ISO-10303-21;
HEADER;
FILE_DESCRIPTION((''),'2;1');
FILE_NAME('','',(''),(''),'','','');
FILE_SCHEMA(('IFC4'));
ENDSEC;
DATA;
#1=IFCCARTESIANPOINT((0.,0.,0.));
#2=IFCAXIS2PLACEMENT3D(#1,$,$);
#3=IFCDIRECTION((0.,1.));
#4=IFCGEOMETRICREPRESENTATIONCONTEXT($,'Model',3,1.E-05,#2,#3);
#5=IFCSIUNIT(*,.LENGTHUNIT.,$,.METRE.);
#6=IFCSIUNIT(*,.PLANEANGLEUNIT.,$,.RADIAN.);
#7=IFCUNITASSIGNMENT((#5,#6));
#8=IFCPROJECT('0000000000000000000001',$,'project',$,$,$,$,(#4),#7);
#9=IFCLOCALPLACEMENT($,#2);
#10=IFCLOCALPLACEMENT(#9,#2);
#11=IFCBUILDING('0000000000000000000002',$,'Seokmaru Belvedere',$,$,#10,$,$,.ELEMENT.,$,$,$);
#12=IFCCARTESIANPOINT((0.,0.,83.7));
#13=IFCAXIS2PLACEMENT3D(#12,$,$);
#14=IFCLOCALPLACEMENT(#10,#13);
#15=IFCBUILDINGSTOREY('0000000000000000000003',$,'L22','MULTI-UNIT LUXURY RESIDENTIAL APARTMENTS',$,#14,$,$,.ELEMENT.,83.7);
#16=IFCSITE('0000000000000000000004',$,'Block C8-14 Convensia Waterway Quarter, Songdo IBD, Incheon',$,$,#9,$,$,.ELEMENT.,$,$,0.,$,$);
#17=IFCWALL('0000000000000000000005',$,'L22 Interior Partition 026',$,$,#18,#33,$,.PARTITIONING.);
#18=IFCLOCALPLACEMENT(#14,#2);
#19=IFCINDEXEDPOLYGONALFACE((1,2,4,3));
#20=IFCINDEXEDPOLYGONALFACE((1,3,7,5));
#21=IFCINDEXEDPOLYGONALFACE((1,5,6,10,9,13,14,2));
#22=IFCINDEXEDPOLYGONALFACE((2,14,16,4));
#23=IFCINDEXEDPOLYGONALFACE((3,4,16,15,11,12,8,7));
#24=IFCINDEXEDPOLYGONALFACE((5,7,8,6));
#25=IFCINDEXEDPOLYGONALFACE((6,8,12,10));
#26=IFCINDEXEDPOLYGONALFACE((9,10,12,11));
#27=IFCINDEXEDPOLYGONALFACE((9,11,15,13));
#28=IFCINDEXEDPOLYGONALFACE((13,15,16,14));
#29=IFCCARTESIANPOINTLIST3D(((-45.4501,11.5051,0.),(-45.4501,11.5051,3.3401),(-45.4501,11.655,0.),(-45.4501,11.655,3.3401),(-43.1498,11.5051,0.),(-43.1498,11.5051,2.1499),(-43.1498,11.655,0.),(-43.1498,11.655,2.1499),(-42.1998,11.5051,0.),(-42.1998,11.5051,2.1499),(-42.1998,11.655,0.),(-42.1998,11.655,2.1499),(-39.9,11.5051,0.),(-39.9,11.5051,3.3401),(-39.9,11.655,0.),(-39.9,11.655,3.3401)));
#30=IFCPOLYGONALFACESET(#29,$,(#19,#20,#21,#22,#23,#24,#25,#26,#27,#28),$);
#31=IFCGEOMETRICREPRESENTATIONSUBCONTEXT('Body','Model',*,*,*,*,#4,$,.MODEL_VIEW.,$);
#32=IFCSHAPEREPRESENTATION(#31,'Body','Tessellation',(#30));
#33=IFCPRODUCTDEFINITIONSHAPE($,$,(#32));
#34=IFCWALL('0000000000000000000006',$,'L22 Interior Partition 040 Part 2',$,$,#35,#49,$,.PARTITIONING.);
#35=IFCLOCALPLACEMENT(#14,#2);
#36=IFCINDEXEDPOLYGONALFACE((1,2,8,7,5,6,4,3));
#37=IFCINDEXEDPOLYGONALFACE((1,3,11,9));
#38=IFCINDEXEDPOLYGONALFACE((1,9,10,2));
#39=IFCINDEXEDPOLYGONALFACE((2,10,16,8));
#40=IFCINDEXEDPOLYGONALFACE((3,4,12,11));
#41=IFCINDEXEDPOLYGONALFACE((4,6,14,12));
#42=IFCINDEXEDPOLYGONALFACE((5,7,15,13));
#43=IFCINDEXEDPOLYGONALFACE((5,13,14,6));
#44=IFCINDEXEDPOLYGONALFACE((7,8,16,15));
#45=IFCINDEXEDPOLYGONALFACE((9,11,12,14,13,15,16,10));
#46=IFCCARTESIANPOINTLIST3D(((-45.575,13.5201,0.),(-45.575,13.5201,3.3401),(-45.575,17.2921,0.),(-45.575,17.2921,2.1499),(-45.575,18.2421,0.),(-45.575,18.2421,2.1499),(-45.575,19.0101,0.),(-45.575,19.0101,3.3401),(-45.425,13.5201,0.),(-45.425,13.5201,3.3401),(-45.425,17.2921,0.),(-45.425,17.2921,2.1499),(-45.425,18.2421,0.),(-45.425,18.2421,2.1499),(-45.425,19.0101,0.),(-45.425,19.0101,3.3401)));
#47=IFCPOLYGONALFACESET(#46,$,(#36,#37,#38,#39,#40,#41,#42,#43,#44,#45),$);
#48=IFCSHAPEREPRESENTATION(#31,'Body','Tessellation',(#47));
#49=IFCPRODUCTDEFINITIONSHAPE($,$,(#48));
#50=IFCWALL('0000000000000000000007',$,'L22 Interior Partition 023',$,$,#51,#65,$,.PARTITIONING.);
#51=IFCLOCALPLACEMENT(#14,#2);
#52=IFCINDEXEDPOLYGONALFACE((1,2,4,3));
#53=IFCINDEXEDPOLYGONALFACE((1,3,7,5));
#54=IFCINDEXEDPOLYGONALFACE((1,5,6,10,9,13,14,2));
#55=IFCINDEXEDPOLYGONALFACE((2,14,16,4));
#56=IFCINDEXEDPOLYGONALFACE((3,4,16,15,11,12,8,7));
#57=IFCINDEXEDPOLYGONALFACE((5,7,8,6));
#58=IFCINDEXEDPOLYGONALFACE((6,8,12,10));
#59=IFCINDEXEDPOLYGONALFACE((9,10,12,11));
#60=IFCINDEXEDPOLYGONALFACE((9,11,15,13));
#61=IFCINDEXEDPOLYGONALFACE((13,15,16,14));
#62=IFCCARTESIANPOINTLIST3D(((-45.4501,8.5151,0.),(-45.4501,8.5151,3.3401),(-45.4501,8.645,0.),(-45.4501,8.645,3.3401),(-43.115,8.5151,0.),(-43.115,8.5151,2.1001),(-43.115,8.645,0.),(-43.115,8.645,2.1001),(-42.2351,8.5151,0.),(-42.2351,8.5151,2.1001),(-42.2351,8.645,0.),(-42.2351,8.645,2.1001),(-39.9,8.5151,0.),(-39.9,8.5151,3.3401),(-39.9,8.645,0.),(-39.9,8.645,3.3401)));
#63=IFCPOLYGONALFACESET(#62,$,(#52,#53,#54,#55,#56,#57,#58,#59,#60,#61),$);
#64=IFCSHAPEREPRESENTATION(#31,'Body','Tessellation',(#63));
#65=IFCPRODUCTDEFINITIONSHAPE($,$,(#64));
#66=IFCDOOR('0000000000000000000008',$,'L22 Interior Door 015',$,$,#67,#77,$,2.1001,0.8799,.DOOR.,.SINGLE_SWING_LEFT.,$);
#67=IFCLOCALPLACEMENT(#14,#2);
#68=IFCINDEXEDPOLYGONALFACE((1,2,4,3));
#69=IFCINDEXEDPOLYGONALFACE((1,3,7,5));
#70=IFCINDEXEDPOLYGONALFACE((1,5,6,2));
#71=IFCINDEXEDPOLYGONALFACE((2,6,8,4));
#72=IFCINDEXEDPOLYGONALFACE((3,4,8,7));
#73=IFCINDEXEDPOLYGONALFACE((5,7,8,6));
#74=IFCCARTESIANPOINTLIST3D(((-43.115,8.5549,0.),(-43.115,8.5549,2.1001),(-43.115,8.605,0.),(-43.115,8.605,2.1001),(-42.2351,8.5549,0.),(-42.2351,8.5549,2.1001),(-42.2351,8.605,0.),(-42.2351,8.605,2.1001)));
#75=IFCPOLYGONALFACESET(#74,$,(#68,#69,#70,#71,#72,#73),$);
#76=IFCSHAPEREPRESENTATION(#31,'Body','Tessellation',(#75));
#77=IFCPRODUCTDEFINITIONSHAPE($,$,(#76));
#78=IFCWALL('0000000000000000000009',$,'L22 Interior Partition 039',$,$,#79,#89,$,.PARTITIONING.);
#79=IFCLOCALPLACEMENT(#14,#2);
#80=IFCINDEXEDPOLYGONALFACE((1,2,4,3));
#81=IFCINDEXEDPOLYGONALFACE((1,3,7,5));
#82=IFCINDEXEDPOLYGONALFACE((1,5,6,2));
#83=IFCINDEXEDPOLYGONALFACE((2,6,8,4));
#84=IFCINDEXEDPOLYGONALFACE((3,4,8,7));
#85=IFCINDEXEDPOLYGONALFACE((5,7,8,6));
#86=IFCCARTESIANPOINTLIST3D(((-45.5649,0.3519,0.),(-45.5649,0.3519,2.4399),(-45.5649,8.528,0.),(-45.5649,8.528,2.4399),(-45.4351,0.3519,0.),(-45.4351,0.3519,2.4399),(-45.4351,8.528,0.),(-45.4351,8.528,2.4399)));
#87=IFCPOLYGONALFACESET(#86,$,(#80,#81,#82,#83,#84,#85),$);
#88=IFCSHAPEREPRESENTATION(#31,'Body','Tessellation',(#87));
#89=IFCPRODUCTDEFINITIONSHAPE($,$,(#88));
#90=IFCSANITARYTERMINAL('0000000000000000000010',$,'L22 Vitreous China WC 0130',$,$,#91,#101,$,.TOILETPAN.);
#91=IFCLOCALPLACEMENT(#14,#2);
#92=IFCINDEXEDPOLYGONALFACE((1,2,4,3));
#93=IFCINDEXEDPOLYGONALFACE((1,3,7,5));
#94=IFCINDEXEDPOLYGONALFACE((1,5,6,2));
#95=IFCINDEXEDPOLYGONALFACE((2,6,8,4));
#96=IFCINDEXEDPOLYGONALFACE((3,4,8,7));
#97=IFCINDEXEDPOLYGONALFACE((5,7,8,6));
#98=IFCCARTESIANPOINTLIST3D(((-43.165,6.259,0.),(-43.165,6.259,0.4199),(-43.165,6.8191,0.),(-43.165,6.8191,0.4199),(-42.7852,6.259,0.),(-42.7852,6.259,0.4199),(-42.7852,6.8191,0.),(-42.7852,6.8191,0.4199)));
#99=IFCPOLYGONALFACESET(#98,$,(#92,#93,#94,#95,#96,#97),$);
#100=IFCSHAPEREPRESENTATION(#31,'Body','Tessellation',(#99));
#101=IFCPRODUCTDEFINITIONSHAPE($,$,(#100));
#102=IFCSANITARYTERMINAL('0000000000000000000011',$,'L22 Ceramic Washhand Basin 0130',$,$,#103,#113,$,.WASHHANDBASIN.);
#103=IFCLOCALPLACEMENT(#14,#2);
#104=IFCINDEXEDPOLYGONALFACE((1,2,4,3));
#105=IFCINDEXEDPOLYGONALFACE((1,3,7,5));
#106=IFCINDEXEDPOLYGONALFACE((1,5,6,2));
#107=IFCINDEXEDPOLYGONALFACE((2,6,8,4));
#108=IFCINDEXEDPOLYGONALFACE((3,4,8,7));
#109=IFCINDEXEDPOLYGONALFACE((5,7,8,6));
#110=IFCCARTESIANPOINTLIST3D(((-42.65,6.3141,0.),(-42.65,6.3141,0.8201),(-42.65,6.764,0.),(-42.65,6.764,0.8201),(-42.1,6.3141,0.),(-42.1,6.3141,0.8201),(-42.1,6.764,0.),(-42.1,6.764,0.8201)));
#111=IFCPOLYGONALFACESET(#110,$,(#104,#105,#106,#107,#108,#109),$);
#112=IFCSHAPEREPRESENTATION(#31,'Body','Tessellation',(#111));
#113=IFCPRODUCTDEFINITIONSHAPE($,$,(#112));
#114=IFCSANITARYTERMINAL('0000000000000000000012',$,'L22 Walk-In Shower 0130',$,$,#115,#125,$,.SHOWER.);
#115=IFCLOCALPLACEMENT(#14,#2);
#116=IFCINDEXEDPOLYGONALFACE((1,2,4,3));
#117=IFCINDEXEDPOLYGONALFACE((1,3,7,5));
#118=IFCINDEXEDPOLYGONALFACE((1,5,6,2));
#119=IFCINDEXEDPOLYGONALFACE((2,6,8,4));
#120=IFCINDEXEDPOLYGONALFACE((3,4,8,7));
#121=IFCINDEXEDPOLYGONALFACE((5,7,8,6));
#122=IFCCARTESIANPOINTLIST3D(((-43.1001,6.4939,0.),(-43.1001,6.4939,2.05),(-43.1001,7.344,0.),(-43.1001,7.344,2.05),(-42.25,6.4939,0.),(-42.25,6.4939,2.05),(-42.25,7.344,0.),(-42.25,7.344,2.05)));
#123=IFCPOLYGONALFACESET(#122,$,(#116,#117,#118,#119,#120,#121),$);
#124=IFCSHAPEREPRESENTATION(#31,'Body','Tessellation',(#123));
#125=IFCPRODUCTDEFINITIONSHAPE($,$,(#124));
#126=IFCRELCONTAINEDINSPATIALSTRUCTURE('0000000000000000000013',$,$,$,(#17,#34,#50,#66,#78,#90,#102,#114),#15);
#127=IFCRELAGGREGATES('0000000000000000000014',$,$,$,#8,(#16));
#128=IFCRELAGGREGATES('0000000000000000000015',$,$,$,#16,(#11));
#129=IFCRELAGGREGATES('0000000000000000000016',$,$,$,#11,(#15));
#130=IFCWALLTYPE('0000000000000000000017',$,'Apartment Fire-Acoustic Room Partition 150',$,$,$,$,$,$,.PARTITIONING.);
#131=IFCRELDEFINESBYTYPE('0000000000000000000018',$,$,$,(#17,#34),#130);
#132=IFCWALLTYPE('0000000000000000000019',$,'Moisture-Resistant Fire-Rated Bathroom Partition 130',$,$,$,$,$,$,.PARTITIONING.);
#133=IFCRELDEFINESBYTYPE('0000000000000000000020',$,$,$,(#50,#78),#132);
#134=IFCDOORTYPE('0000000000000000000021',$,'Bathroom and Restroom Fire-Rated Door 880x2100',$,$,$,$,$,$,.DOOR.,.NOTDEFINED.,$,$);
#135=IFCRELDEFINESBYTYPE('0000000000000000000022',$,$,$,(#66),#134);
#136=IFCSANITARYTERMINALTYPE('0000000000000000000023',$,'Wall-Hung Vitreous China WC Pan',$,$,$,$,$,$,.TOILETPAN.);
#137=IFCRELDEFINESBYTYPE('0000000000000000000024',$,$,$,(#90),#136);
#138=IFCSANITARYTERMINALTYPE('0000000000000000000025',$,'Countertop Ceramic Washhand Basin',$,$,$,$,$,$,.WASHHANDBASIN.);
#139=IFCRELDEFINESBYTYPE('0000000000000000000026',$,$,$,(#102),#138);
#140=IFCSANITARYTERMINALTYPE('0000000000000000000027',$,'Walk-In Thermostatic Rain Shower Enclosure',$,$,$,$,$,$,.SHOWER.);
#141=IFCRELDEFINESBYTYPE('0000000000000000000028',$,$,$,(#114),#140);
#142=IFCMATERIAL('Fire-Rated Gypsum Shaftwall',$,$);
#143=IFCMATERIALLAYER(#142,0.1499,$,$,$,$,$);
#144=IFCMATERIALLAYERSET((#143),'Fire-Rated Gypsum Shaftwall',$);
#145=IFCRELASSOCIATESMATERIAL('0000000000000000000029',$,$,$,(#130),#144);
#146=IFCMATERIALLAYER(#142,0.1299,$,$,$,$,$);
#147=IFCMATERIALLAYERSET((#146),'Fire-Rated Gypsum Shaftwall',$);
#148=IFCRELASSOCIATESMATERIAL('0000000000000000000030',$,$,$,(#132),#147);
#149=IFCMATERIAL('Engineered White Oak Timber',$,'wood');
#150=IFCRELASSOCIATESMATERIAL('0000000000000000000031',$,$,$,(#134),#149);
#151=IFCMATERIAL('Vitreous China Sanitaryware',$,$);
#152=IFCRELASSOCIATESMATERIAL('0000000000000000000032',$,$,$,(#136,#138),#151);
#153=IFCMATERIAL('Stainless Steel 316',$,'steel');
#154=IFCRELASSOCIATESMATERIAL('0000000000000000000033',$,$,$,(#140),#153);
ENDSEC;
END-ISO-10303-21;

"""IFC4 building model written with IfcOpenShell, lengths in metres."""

from ifc_helpers import new_model, si_unit, direction, frame, frame_2d, origin, origin_2d, place, context, subcontext, project, spatial, rectangle, extrude, source, transform, mapped, material, layer, layer_set, type_object, type_shapes, element, fill, save


model = new_model("IFC4")

# Units and contexts
model_context = context("Model", 3, precision=1e-05, world=origin(), true_north=direction((0.0, 1.0)))
body_context = subcontext(model_context, "Body", "Model", "MODEL_VIEW")
ifc_project = project(units=[si_unit("LENGTHUNIT", "METRE"), si_unit("PLANEANGLEUNIT", "RADIAN")], contexts=[model_context])

# Site, building, storey
site_placement = place(None, origin())
site = spatial("IfcSite", under=ifc_project, at=site_placement, Name="Block C8-14 Convensia Waterway Quarter, Songdo IBD, Incheon", CompositionType="ELEMENT", RefElevation=0.0)
building_placement = place(site_placement, origin())
building = spatial("IfcBuilding", under=site, at=building_placement, Name="Seokmaru Belvedere", CompositionType="ELEMENT")
storey_placement = place(building_placement, frame((0.0, 0.0, 83.7)))
storey = spatial("IfcBuildingStorey", under=building, at=storey_placement, Name="L22", Description="MULTI-UNIT LUXURY RESIDENTIAL APARTMENTS", CompositionType="ELEMENT", Elevation=83.7)

# Shared definitions
ifc_material_1 = material(Name="Fire-Rated Gypsum Shaftwall")
ifc_layer_1 = layer(ifc_material_1, 0.1499)
ifc_layer_set_1 = layer_set([ifc_layer_1], Name="Fire-Rated Gypsum Shaftwall")
wall_type_1 = type_object("IfcWallType", Name="Apartment Fire-Acoustic Room Partition 150", PredefinedType="PARTITIONING", material=ifc_layer_set_1)
ifc_material_2 = material(Name="Engineered White Oak Timber", Category="wood")

# Walls, openings
wall_1_placement = place(storey_placement, frame((-45.45, 11.5801, 0.0), z_axis=(0.0, 0.0, 1.0), x_axis=(1.0, 0.0, 0.0)))
wall_1 = element("IfcWall", 1, at=wall_1_placement, inside=storey, type_object=wall_type_1, Name="L22 Interior Partition 026", PredefinedType="PARTITIONING", context=body_context, shape_type="SweptSolid", body=[
    extrude(rectangle(XDim=5.55, YDim=0.1499, at=frame_2d((2.7749, 0.0))), origin(), (0.0, 0.0, 1.0), 3.3401),
])
opening_1_placement = place(wall_1_placement, frame((2.3, 0.0, 0.0)))
element("IfcOpeningElement", 2, at=opening_1_placement, cuts=wall_1, PredefinedType="OPENING", context=body_context, shape_type="SweptSolid", body=[
    extrude(rectangle(XDim=0.95, YDim=2.1499, at=frame_2d((0.4751, 1.075))), frame((0.0, 0.085, 0.0), z_axis=(0.0, -1.0, 0.0), x_axis=(1.0, 0.0, 0.0)), (0.0, 0.0, 1.0), 0.1699),
])
wall_2_placement = place(storey_placement, frame((-45.5, 13.52, 0.0), z_axis=(0.0, 0.0, 1.0), x_axis=(0.0, 1.0, 0.0)))
wall_2 = element("IfcWall", 3, at=wall_2_placement, inside=storey, type_object=wall_type_1, Name="L22 Interior Partition 040 Part 2", PredefinedType="PARTITIONING", context=body_context, shape_type="SweptSolid", body=[
    extrude(rectangle(XDim=5.49, YDim=0.1499, at=frame_2d((2.7451, 0.0))), origin(), (0.0, 0.0, 1.0), 3.3401),
])
opening_2_placement = place(wall_2_placement, frame((3.772, 0.0, 0.0)))
element("IfcOpeningElement", 4, at=opening_2_placement, cuts=wall_2, PredefinedType="OPENING", context=body_context, shape_type="SweptSolid", body=[
    extrude(rectangle(XDim=0.95, YDim=2.1499, at=frame_2d((0.4751, 1.075))), frame((0.0, 0.085, 0.0), z_axis=(0.0, -1.0, 0.0), x_axis=(1.0, 0.0, 0.0)), (0.0, 0.0, 1.0), 0.1699),
])

# Wall, opening, door
ifc_layer_2 = layer(ifc_material_1, 0.1299)
ifc_layer_set_2 = layer_set([ifc_layer_2], Name="Fire-Rated Gypsum Shaftwall")
wall_type_2 = type_object("IfcWallType", Name="Moisture-Resistant Fire-Rated Bathroom Partition 130", PredefinedType="PARTITIONING", material=ifc_layer_set_2)
wall_3_placement = place(storey_placement, frame((-45.45, 8.5801, 0.0), z_axis=(0.0, 0.0, 1.0), x_axis=(1.0, 0.0, 0.0)))
wall_3 = element("IfcWall", 5, at=wall_3_placement, inside=storey, type_object=wall_type_2, Name="L22 Interior Partition 023", PredefinedType="PARTITIONING", context=body_context, shape_type="SweptSolid", body=[
    extrude(rectangle(XDim=5.55, YDim=0.1299, at=frame_2d((2.7749, 0.0))), origin(), (0.0, 0.0, 1.0), 3.3401),
])
opening_3_placement = place(wall_3_placement, frame((2.335, 0.0, 0.0)))
opening_3 = element("IfcOpeningElement", 6, at=opening_3_placement, cuts=wall_3, PredefinedType="OPENING", context=body_context, shape_type="SweptSolid", body=[
    extrude(rectangle(XDim=0.8799, YDim=2.1001, at=frame_2d((0.4399, 1.05))), frame((0.0, 0.075, 0.0), z_axis=(0.0, -1.0, 0.0), x_axis=(1.0, 0.0, 0.0)), (0.0, 0.0, 1.0), 0.1499),
])
door_type_1 = type_object("IfcDoorType", Name="Bathroom and Restroom Fire-Rated Door 880x2100", OperationType="NOTDEFINED", PredefinedType="DOOR", material=ifc_material_2)
shared_shape_1 = source(origin(), body_context, "Body", "SweptSolid", [
    extrude(rectangle(XDim=0.8799, YDim=2.1001, at=frame_2d((0.4399, 1.05))), frame((0.0, 0.0249, 0.0), z_axis=(0.0, -1.0, 0.0), x_axis=(1.0, 0.0, 0.0)), (0.0, 0.0, 1.0), 0.05),
])
type_shapes(door_type_1, [shared_shape_1])
door_1_placement = place(opening_3_placement, origin())
door_1 = element("IfcDoor", 7, at=door_1_placement, inside=storey, type_object=door_type_1, Name="L22 Interior Door 015", OperationType="SINGLE_SWING_LEFT", OverallHeight=2.1001, OverallWidth=0.8799, PredefinedType="DOOR", context=body_context, shape_type="MappedRepresentation", body=[
    mapped(shared_shape_1, transform((0.0, 0.0, 0.0), scale=1.0)),
])
fill(opening_3, door_1)

# Wall
wall_4_placement = place(storey_placement, frame((-45.5, 0.3521, 0.0), z_axis=(0.0, 0.0, 1.0), x_axis=(0.0, 1.0, 0.0)))
element("IfcWall", 8, at=wall_4_placement, inside=storey, type_object=wall_type_2, Name="L22 Interior Partition 039", PredefinedType="PARTITIONING", context=body_context, shape_type="SweptSolid", body=[
    extrude(rectangle(XDim=8.176, YDim=0.1299, at=frame_2d((4.0879, 0.0))), origin(), (0.0, 0.0, 1.0), 2.4399),
])

# Sanitary terminals
ifc_material_3 = material(Name="Vitreous China Sanitaryware")
sanitary_terminal_type_1 = type_object("IfcSanitaryTerminalType", Name="Wall-Hung Vitreous China WC Pan", PredefinedType="TOILETPAN", material=ifc_material_3)
shared_shape_2 = source(origin(), body_context, "Body", "SweptSolid", [
    extrude(rectangle(XDim=0.3799, YDim=0.5601, at=origin_2d()), origin(), (0.0, 0.0, 1.0), 0.4199),
])
type_shapes(sanitary_terminal_type_1, [shared_shape_2])
sanitary_terminal_1_placement = place(storey_placement, frame((-42.9751, 6.5391, 0.0), z_axis=(0.0, 0.0, 1.0), x_axis=(1.0, 0.0, 0.0)))
element("IfcSanitaryTerminal", 9, at=sanitary_terminal_1_placement, inside=storey, type_object=sanitary_terminal_type_1, Name="L22 Vitreous China WC 0130", PredefinedType="TOILETPAN", context=body_context, shape_type="MappedRepresentation", body=[
    mapped(shared_shape_2, transform((0.0, 0.0, 0.0), scale=1.0)),
])
sanitary_terminal_type_2 = type_object("IfcSanitaryTerminalType", Name="Countertop Ceramic Washhand Basin", PredefinedType="WASHHANDBASIN", material=ifc_material_3)
shared_shape_3 = source(origin(), body_context, "Body", "SweptSolid", [
    extrude(rectangle(XDim=0.55, YDim=0.45, at=origin_2d()), origin(), (0.0, 0.0, 1.0), 0.8201),
])
type_shapes(sanitary_terminal_type_2, [shared_shape_3])
sanitary_terminal_2_placement = place(storey_placement, frame((-42.375, 6.5391, 0.0), z_axis=(0.0, 0.0, 1.0), x_axis=(1.0, 0.0, 0.0)))
element("IfcSanitaryTerminal", 10, at=sanitary_terminal_2_placement, inside=storey, type_object=sanitary_terminal_type_2, Name="L22 Ceramic Washhand Basin 0130", PredefinedType="WASHHANDBASIN", context=body_context, shape_type="MappedRepresentation", body=[
    mapped(shared_shape_3, transform((0.0, 0.0, 0.0), scale=1.0)),
])
ifc_material_4 = material(Name="Stainless Steel 316", Category="steel")
sanitary_terminal_type_3 = type_object("IfcSanitaryTerminalType", Name="Walk-In Thermostatic Rain Shower Enclosure", PredefinedType="SHOWER", material=ifc_material_4)
shared_shape_4 = source(origin(), body_context, "Body", "SweptSolid", [
    extrude(rectangle(XDim=0.8501, YDim=0.8501, at=origin_2d()), origin(), (0.0, 0.0, 1.0), 2.05),
])
type_shapes(sanitary_terminal_type_3, [shared_shape_4])
sanitary_terminal_3_placement = place(storey_placement, frame((-42.675, 6.9189, 0.0), z_axis=(0.0, 0.0, 1.0), x_axis=(1.0, 0.0, 0.0)))
element("IfcSanitaryTerminal", 11, at=sanitary_terminal_3_placement, inside=storey, type_object=sanitary_terminal_type_3, Name="L22 Walk-In Shower 0130", PredefinedType="SHOWER", context=body_context, shape_type="MappedRepresentation", body=[
    mapped(shared_shape_4, transform((0.0, 0.0, 0.0), scale=1.0)),
])

save(model, "model.ifc")
